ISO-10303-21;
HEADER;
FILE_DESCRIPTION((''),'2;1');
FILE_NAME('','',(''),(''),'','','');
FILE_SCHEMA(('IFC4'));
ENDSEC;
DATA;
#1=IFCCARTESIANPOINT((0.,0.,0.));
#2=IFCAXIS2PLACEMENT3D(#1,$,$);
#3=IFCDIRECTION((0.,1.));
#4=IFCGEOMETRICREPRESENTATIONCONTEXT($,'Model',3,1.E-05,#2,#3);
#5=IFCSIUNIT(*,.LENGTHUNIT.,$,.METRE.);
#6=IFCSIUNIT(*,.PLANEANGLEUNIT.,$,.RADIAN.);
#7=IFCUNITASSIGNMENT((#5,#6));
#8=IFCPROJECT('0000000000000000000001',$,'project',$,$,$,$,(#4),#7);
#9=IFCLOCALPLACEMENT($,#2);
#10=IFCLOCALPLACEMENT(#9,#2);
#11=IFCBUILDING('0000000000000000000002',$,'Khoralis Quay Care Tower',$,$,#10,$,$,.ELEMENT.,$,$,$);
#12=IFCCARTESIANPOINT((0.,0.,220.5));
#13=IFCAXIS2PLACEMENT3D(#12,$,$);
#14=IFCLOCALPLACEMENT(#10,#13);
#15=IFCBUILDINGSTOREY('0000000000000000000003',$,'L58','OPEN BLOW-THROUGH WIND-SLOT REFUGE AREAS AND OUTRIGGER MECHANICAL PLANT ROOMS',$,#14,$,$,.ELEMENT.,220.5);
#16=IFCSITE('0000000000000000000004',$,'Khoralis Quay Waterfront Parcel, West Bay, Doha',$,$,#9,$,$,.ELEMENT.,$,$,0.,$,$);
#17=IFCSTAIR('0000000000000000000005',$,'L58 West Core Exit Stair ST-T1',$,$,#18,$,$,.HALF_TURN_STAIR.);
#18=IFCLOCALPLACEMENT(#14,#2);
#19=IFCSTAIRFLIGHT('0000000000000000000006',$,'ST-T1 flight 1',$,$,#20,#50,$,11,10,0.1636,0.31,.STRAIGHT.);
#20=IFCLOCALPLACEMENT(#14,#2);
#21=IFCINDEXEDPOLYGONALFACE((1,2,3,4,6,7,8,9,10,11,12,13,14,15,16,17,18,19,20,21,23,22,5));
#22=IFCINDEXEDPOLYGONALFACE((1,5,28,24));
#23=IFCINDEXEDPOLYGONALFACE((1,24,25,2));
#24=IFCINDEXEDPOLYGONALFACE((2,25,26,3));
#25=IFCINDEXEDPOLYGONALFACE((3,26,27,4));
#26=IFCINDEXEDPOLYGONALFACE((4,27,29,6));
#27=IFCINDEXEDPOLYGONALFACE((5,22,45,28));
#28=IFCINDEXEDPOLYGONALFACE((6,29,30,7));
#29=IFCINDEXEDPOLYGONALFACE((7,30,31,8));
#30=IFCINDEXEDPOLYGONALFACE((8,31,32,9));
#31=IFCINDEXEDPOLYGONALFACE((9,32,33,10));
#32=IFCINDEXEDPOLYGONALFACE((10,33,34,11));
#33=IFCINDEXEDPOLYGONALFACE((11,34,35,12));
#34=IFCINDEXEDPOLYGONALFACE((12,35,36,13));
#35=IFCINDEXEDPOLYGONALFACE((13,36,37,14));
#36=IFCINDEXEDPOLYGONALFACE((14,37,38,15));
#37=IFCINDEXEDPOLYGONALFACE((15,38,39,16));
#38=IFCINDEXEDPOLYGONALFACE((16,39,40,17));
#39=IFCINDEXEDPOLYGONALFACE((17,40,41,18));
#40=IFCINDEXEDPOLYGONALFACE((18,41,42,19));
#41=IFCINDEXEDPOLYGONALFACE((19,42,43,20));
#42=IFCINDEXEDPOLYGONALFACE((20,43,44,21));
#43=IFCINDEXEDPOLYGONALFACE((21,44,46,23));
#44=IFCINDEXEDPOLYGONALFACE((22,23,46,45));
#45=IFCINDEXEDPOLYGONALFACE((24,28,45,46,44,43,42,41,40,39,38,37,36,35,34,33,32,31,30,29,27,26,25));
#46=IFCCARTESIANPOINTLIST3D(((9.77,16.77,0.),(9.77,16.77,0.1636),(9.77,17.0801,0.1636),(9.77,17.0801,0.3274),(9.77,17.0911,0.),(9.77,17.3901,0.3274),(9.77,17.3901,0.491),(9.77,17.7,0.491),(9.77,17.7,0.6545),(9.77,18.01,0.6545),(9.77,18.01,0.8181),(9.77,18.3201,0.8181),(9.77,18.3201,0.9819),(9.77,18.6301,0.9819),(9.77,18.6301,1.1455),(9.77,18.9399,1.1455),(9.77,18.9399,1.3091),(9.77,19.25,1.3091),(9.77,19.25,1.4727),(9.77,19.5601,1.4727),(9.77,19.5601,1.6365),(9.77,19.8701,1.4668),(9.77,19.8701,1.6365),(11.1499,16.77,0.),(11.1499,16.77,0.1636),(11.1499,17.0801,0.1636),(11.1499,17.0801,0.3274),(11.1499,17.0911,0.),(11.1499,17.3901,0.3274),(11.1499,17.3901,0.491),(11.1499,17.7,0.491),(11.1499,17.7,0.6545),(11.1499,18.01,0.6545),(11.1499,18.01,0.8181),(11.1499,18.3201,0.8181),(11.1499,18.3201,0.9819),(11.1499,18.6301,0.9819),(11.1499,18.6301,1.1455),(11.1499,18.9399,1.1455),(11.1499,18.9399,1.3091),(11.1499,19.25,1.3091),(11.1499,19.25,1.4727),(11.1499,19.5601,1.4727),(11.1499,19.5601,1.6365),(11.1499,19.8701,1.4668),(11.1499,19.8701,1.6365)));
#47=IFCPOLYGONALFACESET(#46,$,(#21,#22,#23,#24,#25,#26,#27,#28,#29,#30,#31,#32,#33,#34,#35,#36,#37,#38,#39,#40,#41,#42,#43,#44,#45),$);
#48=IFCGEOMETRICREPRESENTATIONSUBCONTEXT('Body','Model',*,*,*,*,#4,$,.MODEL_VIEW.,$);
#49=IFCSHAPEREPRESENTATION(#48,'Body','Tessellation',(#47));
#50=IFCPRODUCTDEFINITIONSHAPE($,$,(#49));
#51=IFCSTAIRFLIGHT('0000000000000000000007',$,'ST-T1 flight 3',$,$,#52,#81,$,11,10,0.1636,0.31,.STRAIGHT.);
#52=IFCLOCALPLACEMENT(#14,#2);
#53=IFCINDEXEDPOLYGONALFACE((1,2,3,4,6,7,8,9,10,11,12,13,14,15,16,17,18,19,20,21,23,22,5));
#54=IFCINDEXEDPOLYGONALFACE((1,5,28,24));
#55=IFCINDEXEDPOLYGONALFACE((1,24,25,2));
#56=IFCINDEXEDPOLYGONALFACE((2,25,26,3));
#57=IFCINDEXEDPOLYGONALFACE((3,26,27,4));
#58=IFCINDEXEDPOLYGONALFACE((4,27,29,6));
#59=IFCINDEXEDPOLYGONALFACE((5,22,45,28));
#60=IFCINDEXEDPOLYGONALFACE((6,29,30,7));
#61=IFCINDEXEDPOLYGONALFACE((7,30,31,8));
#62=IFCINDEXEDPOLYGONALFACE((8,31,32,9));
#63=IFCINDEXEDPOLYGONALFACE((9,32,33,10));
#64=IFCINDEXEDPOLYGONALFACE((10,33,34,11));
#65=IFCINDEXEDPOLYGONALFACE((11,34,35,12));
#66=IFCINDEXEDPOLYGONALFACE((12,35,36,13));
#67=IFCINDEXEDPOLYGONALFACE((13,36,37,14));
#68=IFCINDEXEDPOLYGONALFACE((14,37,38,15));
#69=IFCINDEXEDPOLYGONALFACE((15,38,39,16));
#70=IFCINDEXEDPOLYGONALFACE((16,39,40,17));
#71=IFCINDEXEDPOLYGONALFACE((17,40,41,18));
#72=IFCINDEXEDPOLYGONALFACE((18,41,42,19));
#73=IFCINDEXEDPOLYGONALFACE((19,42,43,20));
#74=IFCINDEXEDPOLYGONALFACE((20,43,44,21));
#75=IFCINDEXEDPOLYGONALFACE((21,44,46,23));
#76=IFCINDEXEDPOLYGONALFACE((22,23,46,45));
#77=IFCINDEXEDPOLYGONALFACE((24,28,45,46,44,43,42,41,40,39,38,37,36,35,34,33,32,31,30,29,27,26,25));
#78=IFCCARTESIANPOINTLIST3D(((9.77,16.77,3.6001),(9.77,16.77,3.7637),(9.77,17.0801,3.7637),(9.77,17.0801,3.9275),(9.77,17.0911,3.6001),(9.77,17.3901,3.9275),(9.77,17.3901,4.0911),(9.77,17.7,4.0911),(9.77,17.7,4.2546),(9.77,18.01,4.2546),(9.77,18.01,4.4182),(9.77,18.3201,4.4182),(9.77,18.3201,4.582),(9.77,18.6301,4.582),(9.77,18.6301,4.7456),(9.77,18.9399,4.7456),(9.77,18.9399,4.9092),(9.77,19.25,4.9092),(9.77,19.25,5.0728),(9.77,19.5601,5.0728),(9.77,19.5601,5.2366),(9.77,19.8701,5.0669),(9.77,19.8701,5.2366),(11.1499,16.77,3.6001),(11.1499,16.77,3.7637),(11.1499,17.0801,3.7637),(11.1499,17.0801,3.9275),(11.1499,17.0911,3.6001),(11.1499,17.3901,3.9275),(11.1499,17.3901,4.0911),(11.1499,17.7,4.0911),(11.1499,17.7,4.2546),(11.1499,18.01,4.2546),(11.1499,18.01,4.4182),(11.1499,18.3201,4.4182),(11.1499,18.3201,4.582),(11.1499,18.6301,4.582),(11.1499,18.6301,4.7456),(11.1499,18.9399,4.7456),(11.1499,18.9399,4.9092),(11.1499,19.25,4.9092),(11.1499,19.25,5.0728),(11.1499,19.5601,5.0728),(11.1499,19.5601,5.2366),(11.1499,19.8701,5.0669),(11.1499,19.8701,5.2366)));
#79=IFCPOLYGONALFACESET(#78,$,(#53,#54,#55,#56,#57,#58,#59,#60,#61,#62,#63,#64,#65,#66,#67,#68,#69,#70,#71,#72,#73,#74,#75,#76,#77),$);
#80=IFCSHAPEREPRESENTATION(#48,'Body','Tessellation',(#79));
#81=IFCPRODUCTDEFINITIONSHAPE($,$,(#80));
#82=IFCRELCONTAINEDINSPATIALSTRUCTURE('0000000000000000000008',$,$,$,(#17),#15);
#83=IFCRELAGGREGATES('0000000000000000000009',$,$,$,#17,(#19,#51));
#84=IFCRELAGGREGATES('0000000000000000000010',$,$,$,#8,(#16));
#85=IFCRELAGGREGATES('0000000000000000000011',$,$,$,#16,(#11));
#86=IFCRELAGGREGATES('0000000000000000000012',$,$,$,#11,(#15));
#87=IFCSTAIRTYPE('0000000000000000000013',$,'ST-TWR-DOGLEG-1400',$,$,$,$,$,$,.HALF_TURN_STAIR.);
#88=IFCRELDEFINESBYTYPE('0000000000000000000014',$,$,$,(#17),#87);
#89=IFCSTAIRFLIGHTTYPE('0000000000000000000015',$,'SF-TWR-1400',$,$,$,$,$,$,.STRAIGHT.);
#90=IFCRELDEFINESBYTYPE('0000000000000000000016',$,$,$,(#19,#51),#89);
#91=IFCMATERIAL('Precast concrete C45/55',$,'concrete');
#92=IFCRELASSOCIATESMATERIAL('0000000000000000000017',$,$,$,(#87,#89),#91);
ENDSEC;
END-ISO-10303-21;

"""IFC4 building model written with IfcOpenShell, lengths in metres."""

from ifc_helpers import new_model, si_unit, direction, frame, origin, place, context, subcontext, project, spatial, polyline, outline, extrude, source, transform, mapped, material, type_object, element, aggregate, save


model = new_model("IFC4")

# Units and contexts
model_context = context("Model", 3, precision=1e-05, world=origin(), true_north=direction((0.0, 1.0)))
body_context = subcontext(model_context, "Body", "Model", "MODEL_VIEW")
ifc_project = project(units=[si_unit("LENGTHUNIT", "METRE"), si_unit("PLANEANGLEUNIT", "RADIAN")], contexts=[model_context])

# Site, building, storey
site_placement = place(None, origin())
site = spatial("IfcSite", under=ifc_project, at=site_placement, Name="Khoralis Quay Waterfront Parcel, West Bay, Doha", CompositionType="ELEMENT", RefElevation=0.0)
building_placement = place(site_placement, origin())
building = spatial("IfcBuilding", under=site, at=building_placement, Name="Khoralis Quay Care Tower", CompositionType="ELEMENT")
storey_placement = place(building_placement, frame((0.0, 0.0, 220.5)))
storey = spatial("IfcBuildingStorey", under=building, at=storey_placement, Name="L58", Description="OPEN BLOW-THROUGH WIND-SLOT REFUGE AREAS AND OUTRIGGER MECHANICAL PLANT ROOMS", CompositionType="ELEMENT", Elevation=220.5)

# Stair, stair flights
ifc_material_1 = material(Name="Precast concrete C45/55", Category="concrete")
stair_type = type_object("IfcStairType", Name="ST-TWR-DOGLEG-1400", PredefinedType="HALF_TURN_STAIR", material=ifc_material_1)
stair_placement = place(storey_placement, origin())
stair = element("IfcStair", 1, at=stair_placement, inside=storey, type_object=stair_type, Name="L58 West Core Exit Stair ST-T1", PredefinedType="HALF_TURN_STAIR")
stair_flight_type = type_object("IfcStairFlightType", Name="SF-TWR-1400", PredefinedType="STRAIGHT", material=ifc_material_1)
shared_shape_1 = source(origin(), body_context, "Body", "SweptSolid", [
    extrude(outline(polyline([(0.0, 0.0), (0.0, 0.1636), (0.3101, 0.1636), (0.3101, 0.3274), (0.6201, 0.3274), (0.6201, 0.491), (0.9299, 0.491), (0.9299, 0.6545), (1.24, 0.6545), (1.24, 0.8181), (1.55, 0.8181), (1.55, 0.9819), (1.8601, 0.9819), (1.8601, 1.1455), (2.1699, 1.1455), (2.1699, 1.3091), (2.48, 1.3091), (2.48, 1.4727), (2.79, 1.4727), (2.79, 1.6365), (3.1001, 1.6365), (3.1001, 1.8), (3.1001, 1.4668), (0.321, 0.0), (0.0, 0.0)])), frame((0.0, 0.6899, 0.0), z_axis=(0.0, -1.0, 0.0), x_axis=(1.0, 0.0, 0.0)), (0.0, 0.0, 1.0), 1.3799),
])
stair_flight_1_placement = place(storey_placement, frame((10.46, 16.77, 0.0), z_axis=(0.0, 0.0, 1.0), x_axis=(0.0, 1.0, 0.0)))
stair_flight_1 = element("IfcStairFlight", 2, at=stair_flight_1_placement, type_object=stair_flight_type, Name="ST-T1 flight 1", NumberOfRisers=11, NumberOfTreads=10, PredefinedType="STRAIGHT", RiserHeight=0.1636, TreadLength=0.31, context=body_context, shape_type="MappedRepresentation", body=[
    mapped(shared_shape_1, transform((0.0, 0.0, 0.0), scale=1.0)),
])
stair_flight_2_placement = place(storey_placement, frame((10.46, 16.77, 3.6001), z_axis=(0.0, 0.0, 1.0), x_axis=(0.0, 1.0, 0.0)))
stair_flight_2 = element("IfcStairFlight", 3, at=stair_flight_2_placement, type_object=stair_flight_type, Name="ST-T1 flight 3", NumberOfRisers=11, NumberOfTreads=10, PredefinedType="STRAIGHT", RiserHeight=0.1636, TreadLength=0.31, context=body_context, shape_type="MappedRepresentation", body=[
    mapped(shared_shape_1, transform((0.0, 0.0, 0.0), scale=1.0)),
])
aggregate(stair, [stair_flight_1, stair_flight_2])

save(model, "model.ifc")
